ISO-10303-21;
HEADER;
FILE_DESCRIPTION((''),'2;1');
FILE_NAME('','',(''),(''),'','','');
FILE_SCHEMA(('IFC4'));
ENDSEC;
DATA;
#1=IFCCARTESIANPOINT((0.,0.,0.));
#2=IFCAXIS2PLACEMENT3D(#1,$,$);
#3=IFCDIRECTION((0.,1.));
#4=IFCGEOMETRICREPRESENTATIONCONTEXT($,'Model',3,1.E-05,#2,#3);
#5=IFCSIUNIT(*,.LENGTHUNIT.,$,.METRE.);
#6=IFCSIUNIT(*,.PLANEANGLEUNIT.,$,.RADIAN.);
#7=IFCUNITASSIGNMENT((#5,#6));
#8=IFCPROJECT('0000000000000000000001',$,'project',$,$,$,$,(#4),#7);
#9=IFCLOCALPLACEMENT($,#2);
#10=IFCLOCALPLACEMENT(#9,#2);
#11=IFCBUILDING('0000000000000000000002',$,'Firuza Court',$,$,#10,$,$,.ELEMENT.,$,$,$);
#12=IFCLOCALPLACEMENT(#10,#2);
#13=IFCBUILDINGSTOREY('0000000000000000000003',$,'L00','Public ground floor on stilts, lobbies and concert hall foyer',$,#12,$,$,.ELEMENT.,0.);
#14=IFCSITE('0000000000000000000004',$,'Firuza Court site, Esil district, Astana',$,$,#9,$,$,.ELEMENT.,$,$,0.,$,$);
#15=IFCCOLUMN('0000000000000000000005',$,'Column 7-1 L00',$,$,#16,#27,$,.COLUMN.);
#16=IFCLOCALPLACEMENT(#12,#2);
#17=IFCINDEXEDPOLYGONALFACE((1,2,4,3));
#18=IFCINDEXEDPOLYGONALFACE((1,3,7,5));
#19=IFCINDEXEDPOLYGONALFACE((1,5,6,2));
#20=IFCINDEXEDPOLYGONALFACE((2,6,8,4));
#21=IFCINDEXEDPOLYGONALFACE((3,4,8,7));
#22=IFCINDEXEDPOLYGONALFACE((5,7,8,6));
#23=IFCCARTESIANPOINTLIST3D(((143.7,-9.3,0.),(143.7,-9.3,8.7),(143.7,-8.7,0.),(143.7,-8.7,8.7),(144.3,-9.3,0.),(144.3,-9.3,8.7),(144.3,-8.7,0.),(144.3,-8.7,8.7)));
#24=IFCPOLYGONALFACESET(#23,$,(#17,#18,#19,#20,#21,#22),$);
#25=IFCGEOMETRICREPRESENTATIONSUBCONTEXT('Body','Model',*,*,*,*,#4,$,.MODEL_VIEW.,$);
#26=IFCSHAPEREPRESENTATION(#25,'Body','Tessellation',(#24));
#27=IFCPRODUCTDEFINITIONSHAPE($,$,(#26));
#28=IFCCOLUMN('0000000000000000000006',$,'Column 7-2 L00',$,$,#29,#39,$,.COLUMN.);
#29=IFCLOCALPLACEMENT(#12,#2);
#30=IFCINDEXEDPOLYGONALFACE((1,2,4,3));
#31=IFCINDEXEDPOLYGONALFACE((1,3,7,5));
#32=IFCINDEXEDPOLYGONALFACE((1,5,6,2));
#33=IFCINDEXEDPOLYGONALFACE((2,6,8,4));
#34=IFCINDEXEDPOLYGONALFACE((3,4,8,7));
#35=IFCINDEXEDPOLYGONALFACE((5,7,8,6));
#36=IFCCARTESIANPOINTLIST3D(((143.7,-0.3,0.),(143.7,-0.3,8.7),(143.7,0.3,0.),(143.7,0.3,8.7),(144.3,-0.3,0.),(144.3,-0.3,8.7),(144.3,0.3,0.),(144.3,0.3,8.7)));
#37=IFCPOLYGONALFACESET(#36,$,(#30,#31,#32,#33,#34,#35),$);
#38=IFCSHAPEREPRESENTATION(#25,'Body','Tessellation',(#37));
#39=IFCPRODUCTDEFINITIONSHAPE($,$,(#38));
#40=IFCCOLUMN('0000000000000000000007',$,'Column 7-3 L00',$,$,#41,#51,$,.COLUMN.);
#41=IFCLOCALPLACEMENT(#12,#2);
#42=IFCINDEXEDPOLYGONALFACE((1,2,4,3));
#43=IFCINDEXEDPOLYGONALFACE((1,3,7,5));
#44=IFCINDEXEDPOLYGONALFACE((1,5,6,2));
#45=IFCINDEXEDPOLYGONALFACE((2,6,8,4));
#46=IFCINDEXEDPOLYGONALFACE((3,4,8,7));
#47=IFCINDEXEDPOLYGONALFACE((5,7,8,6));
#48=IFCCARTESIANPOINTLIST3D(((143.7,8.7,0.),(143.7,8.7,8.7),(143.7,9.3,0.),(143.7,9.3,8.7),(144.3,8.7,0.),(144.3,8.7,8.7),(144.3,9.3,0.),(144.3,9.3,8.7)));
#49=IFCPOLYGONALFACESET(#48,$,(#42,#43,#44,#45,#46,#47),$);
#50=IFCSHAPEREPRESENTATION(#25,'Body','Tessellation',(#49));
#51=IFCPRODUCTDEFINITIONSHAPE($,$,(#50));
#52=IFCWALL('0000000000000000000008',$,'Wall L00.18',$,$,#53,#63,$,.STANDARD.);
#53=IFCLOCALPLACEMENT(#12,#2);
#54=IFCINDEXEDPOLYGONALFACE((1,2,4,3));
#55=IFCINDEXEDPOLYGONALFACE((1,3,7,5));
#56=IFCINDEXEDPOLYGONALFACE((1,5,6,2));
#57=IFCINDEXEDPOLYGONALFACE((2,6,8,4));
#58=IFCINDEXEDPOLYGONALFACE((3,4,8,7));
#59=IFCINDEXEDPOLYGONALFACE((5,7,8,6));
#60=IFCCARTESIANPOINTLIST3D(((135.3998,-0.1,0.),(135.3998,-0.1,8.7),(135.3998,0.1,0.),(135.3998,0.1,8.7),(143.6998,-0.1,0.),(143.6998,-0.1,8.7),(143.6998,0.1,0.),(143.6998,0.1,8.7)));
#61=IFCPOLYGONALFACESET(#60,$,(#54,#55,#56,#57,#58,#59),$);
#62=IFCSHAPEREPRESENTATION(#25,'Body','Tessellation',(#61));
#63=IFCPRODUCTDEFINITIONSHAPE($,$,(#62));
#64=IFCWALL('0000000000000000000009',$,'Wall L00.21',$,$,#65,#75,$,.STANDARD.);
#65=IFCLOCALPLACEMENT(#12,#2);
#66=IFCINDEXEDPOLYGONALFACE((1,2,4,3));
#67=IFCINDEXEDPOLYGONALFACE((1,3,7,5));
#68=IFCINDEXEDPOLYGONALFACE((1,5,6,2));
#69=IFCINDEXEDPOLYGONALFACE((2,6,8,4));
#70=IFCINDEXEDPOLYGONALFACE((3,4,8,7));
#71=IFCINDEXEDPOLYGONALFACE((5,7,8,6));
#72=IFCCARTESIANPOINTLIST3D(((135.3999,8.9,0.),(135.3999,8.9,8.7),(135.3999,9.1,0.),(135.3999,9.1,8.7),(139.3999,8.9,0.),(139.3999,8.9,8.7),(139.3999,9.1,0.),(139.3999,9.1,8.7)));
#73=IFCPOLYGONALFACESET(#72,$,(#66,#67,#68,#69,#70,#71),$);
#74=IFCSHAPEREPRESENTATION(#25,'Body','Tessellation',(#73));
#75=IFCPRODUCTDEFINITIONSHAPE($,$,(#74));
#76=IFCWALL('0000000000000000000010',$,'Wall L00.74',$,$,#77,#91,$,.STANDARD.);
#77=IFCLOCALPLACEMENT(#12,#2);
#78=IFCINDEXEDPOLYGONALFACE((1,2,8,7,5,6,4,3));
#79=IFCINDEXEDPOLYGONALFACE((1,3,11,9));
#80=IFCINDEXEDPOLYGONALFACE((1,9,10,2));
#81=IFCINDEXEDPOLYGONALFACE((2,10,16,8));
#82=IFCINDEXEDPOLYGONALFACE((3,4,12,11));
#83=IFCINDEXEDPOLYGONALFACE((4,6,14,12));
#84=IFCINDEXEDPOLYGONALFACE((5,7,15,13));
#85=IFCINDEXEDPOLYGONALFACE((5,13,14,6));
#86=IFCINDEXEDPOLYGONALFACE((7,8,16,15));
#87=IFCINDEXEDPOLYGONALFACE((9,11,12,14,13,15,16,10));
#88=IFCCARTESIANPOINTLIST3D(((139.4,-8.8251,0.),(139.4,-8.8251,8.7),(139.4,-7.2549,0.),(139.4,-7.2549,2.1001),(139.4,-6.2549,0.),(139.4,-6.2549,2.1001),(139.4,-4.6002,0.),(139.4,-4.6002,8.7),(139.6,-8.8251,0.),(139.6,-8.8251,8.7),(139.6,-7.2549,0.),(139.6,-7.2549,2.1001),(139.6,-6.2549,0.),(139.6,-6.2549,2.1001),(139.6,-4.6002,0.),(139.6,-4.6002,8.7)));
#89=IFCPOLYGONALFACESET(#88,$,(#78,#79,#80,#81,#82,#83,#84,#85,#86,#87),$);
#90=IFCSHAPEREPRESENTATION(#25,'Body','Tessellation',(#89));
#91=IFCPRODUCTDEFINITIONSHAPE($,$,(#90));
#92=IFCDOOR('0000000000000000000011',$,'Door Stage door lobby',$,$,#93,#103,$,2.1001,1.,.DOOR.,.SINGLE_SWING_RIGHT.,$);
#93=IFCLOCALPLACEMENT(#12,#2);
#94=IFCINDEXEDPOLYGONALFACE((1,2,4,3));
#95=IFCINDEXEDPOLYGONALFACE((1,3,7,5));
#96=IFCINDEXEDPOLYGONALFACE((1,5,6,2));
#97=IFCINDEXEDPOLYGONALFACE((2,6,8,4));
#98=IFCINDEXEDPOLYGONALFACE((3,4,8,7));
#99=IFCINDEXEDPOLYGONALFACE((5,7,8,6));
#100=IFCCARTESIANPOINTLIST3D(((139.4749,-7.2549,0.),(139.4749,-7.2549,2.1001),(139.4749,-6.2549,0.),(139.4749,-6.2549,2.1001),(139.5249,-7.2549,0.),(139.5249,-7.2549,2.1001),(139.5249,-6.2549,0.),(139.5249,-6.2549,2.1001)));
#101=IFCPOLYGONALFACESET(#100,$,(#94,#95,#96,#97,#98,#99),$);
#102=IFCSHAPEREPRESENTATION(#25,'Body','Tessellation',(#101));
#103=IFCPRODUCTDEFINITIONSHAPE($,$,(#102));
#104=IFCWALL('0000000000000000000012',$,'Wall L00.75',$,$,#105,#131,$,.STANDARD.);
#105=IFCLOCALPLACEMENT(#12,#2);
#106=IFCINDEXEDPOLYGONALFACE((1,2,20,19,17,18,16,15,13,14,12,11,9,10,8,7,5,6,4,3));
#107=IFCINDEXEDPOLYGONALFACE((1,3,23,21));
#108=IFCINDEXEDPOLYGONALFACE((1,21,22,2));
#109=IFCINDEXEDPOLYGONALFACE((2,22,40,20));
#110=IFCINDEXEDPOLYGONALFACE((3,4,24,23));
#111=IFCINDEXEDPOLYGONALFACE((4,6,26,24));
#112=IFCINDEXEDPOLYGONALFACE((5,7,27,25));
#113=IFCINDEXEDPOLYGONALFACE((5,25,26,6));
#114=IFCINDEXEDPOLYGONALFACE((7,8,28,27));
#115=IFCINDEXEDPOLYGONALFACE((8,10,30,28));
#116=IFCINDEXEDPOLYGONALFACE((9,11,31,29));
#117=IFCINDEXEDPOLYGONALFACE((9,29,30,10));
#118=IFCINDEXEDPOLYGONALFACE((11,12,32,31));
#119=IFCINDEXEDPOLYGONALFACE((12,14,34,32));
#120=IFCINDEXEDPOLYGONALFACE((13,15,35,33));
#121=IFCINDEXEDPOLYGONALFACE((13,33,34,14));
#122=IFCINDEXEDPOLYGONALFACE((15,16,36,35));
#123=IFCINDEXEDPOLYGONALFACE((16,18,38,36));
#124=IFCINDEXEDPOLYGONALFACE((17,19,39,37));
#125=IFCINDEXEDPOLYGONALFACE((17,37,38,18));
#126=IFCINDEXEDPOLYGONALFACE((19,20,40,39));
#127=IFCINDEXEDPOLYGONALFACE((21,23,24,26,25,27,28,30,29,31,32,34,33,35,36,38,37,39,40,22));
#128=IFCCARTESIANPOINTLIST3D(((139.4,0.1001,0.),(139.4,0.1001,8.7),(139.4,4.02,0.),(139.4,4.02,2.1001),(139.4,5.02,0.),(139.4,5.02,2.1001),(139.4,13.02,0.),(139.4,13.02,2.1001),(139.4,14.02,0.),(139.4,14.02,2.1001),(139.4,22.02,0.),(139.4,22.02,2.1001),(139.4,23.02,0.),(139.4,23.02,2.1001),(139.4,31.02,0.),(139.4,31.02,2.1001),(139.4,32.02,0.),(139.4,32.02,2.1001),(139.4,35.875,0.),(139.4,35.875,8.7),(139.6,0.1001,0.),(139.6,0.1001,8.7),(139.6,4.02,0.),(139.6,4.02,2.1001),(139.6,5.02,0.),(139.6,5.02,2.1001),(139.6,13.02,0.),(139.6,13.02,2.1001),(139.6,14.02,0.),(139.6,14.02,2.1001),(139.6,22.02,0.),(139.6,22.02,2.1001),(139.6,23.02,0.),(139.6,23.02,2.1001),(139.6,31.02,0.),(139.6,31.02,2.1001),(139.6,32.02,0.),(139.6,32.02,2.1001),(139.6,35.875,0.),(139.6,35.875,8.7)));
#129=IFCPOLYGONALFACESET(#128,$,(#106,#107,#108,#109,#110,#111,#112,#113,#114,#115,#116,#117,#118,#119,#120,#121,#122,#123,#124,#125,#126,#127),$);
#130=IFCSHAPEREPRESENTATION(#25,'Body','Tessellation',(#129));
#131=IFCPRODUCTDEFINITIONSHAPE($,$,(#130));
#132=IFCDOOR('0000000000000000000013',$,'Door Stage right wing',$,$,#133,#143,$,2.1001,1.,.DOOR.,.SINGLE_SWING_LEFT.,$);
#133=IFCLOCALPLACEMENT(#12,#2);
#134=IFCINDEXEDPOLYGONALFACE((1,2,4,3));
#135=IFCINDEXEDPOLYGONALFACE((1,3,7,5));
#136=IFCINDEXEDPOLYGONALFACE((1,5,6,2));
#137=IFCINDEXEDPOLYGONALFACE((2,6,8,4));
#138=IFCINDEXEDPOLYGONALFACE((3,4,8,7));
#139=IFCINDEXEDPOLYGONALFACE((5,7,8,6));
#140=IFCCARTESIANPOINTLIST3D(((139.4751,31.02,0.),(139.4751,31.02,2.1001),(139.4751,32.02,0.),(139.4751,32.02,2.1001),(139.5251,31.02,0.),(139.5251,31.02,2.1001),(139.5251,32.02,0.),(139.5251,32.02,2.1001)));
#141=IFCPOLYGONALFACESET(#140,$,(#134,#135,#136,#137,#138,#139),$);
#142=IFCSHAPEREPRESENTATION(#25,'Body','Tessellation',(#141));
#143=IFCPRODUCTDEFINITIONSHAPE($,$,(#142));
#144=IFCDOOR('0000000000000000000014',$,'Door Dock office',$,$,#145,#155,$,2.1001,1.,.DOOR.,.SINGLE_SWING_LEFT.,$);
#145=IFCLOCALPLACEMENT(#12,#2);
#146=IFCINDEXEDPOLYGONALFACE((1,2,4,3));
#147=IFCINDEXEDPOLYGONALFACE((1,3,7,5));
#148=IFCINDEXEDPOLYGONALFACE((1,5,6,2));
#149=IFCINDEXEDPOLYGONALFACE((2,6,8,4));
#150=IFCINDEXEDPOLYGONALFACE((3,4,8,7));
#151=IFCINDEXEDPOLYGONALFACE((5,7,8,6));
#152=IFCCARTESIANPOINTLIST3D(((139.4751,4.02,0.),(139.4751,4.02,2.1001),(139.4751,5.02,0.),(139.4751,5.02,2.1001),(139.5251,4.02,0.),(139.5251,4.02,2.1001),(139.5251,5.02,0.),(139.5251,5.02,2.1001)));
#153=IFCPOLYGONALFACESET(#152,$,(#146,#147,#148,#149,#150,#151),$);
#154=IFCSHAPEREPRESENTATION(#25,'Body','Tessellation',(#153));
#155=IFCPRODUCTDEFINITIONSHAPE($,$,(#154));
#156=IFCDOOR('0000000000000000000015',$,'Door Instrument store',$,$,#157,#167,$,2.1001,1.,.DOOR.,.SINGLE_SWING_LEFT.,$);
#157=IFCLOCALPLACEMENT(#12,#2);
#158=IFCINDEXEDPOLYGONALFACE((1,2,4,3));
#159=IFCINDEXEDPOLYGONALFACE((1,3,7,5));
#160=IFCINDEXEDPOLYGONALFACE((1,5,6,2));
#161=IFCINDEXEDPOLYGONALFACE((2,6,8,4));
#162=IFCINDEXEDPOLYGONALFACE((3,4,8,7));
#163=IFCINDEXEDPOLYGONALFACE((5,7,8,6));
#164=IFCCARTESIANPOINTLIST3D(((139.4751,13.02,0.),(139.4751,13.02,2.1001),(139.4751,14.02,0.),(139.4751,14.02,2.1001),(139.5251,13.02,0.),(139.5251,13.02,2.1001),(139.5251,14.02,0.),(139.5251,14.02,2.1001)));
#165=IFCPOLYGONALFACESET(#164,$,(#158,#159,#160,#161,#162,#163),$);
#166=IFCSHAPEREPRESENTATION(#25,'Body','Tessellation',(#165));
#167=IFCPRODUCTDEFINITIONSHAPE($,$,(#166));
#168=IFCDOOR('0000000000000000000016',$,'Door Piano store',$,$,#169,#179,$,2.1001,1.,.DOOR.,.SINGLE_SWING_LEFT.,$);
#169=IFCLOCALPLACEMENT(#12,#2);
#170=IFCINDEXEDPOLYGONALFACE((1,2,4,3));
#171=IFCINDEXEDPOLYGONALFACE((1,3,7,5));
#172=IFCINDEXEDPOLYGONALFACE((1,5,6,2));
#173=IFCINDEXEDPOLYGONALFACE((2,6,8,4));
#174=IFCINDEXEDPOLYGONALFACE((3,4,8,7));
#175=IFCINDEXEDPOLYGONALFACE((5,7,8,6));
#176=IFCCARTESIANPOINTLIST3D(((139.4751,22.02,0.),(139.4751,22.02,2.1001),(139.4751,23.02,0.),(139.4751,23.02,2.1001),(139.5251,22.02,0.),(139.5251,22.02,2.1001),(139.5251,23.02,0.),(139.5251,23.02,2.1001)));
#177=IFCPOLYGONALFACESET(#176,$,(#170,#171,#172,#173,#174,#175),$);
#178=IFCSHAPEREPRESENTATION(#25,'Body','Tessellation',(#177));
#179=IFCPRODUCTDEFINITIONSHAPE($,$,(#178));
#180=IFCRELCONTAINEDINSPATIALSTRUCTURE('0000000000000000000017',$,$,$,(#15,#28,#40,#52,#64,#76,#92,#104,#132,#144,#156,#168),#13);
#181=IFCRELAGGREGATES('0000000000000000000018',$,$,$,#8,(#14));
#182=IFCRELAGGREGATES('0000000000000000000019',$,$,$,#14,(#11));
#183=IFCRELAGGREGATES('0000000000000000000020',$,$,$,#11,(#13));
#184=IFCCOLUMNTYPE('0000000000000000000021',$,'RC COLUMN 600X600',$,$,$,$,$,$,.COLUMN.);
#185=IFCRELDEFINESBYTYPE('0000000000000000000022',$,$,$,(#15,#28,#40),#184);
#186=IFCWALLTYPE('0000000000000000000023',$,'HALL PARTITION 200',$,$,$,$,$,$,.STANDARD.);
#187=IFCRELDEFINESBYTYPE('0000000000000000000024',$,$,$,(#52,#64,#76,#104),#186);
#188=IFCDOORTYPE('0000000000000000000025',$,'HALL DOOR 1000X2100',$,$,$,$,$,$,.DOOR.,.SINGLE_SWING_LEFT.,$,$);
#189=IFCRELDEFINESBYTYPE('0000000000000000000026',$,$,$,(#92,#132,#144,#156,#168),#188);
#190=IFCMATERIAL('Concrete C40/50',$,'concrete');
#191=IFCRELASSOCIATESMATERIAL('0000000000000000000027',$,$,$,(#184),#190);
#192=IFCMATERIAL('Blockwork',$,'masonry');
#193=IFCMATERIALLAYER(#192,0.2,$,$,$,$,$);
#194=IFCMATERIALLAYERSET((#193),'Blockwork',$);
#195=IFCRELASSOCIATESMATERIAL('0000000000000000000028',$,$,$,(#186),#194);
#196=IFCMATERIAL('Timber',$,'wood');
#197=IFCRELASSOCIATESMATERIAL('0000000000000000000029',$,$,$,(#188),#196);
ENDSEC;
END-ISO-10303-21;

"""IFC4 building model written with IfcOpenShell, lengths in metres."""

from ifc_helpers import new_model, si_unit, direction, frame, frame_2d, origin, origin_2d, place, context, subcontext, project, spatial, rectangle, extrude, material, layer, layer_set, material_profile, profile_set, type_object, element, fill, save


model = new_model("IFC4")

# Units and contexts
model_context = context("Model", 3, precision=1e-05, world=origin(), true_north=direction((0.0, 1.0)))
body_context = subcontext(model_context, "Body", "Model", "MODEL_VIEW")
ifc_project = project(units=[si_unit("LENGTHUNIT", "METRE"), si_unit("PLANEANGLEUNIT", "RADIAN")], contexts=[model_context])

# Site, building, storey
site_placement = place(None, origin())
site = spatial("IfcSite", under=ifc_project, at=site_placement, Name="Firuza Court site, Esil district, Astana", CompositionType="ELEMENT", RefElevation=0.0)
building_placement = place(site_placement, origin())
building = spatial("IfcBuilding", under=site, at=building_placement, Name="Firuza Court", CompositionType="ELEMENT")
storey_placement = place(building_placement, origin())
storey = spatial("IfcBuildingStorey", under=building, at=storey_placement, Name="L00", Description="Public ground floor on stilts, lobbies and concert hall foyer", CompositionType="ELEMENT", Elevation=0.0)

# Columns
ifc_material_1 = material(Name="Concrete C40/50", Category="concrete")
ifc_material_profile = material_profile(ifc_material_1, rectangle(XDim=0.6001, YDim=0.6001, at=origin_2d()), Name="RC 600X600")
ifc_profile_set = profile_set([ifc_material_profile], Name="Concrete C40/50")
column_type = type_object("IfcColumnType", Name="RC COLUMN 600X600", PredefinedType="COLUMN", material=ifc_profile_set)
for number, where, z_axis, x_axis, name in (
    (1, (144.0, -9.0, 0.0), (0.0, 0.0, 1.0), (1.0, 0.0, 0.0), "Column 7-1 L00"),
    (2, (144.0, 0.0, 0.0), (0.0, 0.0, 1.0), (1.0, 0.0, 0.0), "Column 7-2 L00"),
    (3, (144.0, 9.0, 0.0), (0.0, 0.0, 1.0), (1.0, 0.0, 0.0), "Column 7-3 L00"),
):
    element("IfcColumn", number, at=place(storey_placement, frame(where, z_axis=z_axis, x_axis=x_axis)), inside=storey, type_object=column_type, Name=name, PredefinedType="COLUMN", context=body_context, shape_type="SweptSolid", body=[
        extrude(rectangle(XDim=0.6001, YDim=0.6001, at=origin_2d()), origin(), (0.0, 0.0, 1.0), 8.7),
    ])

# Walls
ifc_material_2 = material(Name="Blockwork", Category="masonry")
ifc_layer_1 = layer(ifc_material_2, 0.2)
ifc_layer_set_1 = layer_set([ifc_layer_1], Name="Blockwork")
wall_type_1 = type_object("IfcWallType", Name="HALL PARTITION 200", PredefinedType="STANDARD", material=ifc_layer_set_1)
wall_1_placement = place(storey_placement, frame((135.3999, 0.0, 0.0), z_axis=(0.0, 0.0, 1.0), x_axis=(1.0, 0.0, 0.0)))
element("IfcWall", 4, at=wall_1_placement, inside=storey, type_object=wall_type_1, Name="Wall L00.18", PredefinedType="STANDARD", context=body_context, shape_type="SweptSolid", body=[
    extrude(rectangle(XDim=8.3, YDim=0.2, at=frame_2d((4.1499, 0.0))), origin(), (0.0, 0.0, 1.0), 8.7),
])
wall_2_placement = place(storey_placement, frame((135.3999, 9.0, 0.0), z_axis=(0.0, 0.0, 1.0), x_axis=(1.0, 0.0, 0.0)))
element("IfcWall", 5, at=wall_2_placement, inside=storey, type_object=wall_type_1, Name="Wall L00.21", PredefinedType="STANDARD", context=body_context, shape_type="SweptSolid", body=[
    extrude(rectangle(XDim=4.0, YDim=0.2, at=frame_2d((2.0, 0.0))), origin(), (0.0, 0.0, 1.0), 8.7),
])

# Wall, opening, door
wall_3_placement = place(storey_placement, frame((139.5, -8.825, 0.0), z_axis=(0.0, 0.0, 1.0), x_axis=(0.0, 1.0, 0.0)))
wall_3 = element("IfcWall", 6, at=wall_3_placement, inside=storey, type_object=wall_type_1, Name="Wall L00.74", PredefinedType="STANDARD", context=body_context, shape_type="SweptSolid", body=[
    extrude(rectangle(XDim=4.2249, YDim=0.2, at=frame_2d((2.1123, 0.0))), origin(), (0.0, 0.0, 1.0), 8.7),
])
opening_1_placement = place(wall_3_placement, frame((1.5701, 0.0, 0.0)))
opening_1 = element("IfcOpeningElement", 7, at=opening_1_placement, cuts=wall_3, PredefinedType="OPENING", context=body_context, shape_type="SweptSolid", body=[
    extrude(rectangle(XDim=1.0, YDim=2.1001, at=frame_2d((0.5, 1.05))), frame((0.0, 0.1118, 0.0), z_axis=(0.0, -1.0, 0.0), x_axis=(1.0, 0.0, 0.0)), (0.0, 0.0, 1.0), 0.2239),
])
ifc_material_3 = material(Name="Timber", Category="wood")
door_type_1 = type_object("IfcDoorType", Name="HALL DOOR 1000X2100", OperationType="SINGLE_SWING_LEFT", PredefinedType="DOOR", material=ifc_material_3)
door_1_placement = place(opening_1_placement, frame((1.0, 0.0, 0.0), z_axis=(0.0, 0.0, 1.0), x_axis=(-1.0, 0.0, 0.0)))
door_1 = element("IfcDoor", 8, at=door_1_placement, inside=storey, type_object=door_type_1, Name="Door Stage door lobby", OperationType="SINGLE_SWING_RIGHT", OverallHeight=2.1001, OverallWidth=1.0, PredefinedType="DOOR", context=body_context, shape_type="SweptSolid", body=[
    extrude(rectangle(XDim=1.0, YDim=2.1001, at=frame_2d((0.5, 1.05))), frame((0.0, 0.0249, 0.0), z_axis=(0.0, -1.0, 0.0), x_axis=(1.0, 0.0, 0.0)), (0.0, 0.0, 1.0), 0.05),
])
fill(opening_1, door_1)

# Wall, openings, doors
wall_4_placement = place(storey_placement, frame((139.5, 0.1001, 0.0), z_axis=(0.0, 0.0, 1.0), x_axis=(0.0, 1.0, 0.0)))
wall_4 = element("IfcWall", 9, at=wall_4_placement, inside=storey, type_object=wall_type_1, Name="Wall L00.75", PredefinedType="STANDARD", context=body_context, shape_type="SweptSolid", body=[
    extrude(rectangle(XDim=35.7749, YDim=0.2, at=frame_2d((17.8875, 0.0))), origin(), (0.0, 0.0, 1.0), 8.7),
])
opening_2_placement = place(wall_4_placement, frame((30.9199, 0.0, 0.0)))
opening_2 = element("IfcOpeningElement", 10, at=opening_2_placement, cuts=wall_4, PredefinedType="OPENING", context=body_context, shape_type="SweptSolid", body=[
    extrude(rectangle(XDim=1.0, YDim=2.1001, at=frame_2d((0.5, 1.05))), frame((0.0, 0.1118, 0.0), z_axis=(0.0, -1.0, 0.0), x_axis=(1.0, 0.0, 0.0)), (0.0, 0.0, 1.0), 0.2239),
])
opening_3_placement = place(wall_4_placement, frame((3.9199, 0.0, 0.0)))
opening_3 = element("IfcOpeningElement", 11, at=opening_3_placement, cuts=wall_4, PredefinedType="OPENING", context=body_context, shape_type="SweptSolid", body=[
    extrude(rectangle(XDim=1.0, YDim=2.1001, at=frame_2d((0.5, 1.05))), frame((0.0, 0.1118, 0.0), z_axis=(0.0, -1.0, 0.0), x_axis=(1.0, 0.0, 0.0)), (0.0, 0.0, 1.0), 0.2239),
])
opening_4_placement = place(wall_4_placement, frame((12.9199, 0.0, 0.0)))
opening_4 = element("IfcOpeningElement", 12, at=opening_4_placement, cuts=wall_4, PredefinedType="OPENING", context=body_context, shape_type="SweptSolid", body=[
    extrude(rectangle(XDim=1.0, YDim=2.1001, at=frame_2d((0.5, 1.05))), frame((0.0, 0.1118, 0.0), z_axis=(0.0, -1.0, 0.0), x_axis=(1.0, 0.0, 0.0)), (0.0, 0.0, 1.0), 0.2239),
])
opening_5_placement = place(wall_4_placement, frame((21.9199, 0.0, 0.0)))
opening_5 = element("IfcOpeningElement", 13, at=opening_5_placement, cuts=wall_4, PredefinedType="OPENING", context=body_context, shape_type="SweptSolid", body=[
    extrude(rectangle(XDim=1.0, YDim=2.1001, at=frame_2d((0.5, 1.05))), frame((0.0, 0.1118, 0.0), z_axis=(0.0, -1.0, 0.0), x_axis=(1.0, 0.0, 0.0)), (0.0, 0.0, 1.0), 0.2239),
])
door_2_placement = place(opening_2_placement, origin())
door_2 = element("IfcDoor", 14, at=door_2_placement, inside=storey, type_object=door_type_1, Name="Door Stage right wing", OperationType="SINGLE_SWING_LEFT", OverallHeight=2.1001, OverallWidth=1.0, PredefinedType="DOOR", context=body_context, shape_type="SweptSolid", body=[
    extrude(rectangle(XDim=1.0, YDim=2.1001, at=frame_2d((0.5, 1.05))), frame((0.0, 0.0249, 0.0), z_axis=(0.0, -1.0, 0.0), x_axis=(1.0, 0.0, 0.0)), (0.0, 0.0, 1.0), 0.05),
])
fill(opening_2, door_2)
door_3_placement = place(opening_3_placement, origin())
door_3 = element("IfcDoor", 15, at=door_3_placement, inside=storey, type_object=door_type_1, Name="Door Dock office", OperationType="SINGLE_SWING_LEFT", OverallHeight=2.1001, OverallWidth=1.0, PredefinedType="DOOR", context=body_context, shape_type="SweptSolid", body=[
    extrude(rectangle(XDim=1.0, YDim=2.1001, at=frame_2d((0.5, 1.05))), frame((0.0, 0.0249, 0.0), z_axis=(0.0, -1.0, 0.0), x_axis=(1.0, 0.0, 0.0)), (0.0, 0.0, 1.0), 0.05),
])
fill(opening_3, door_3)
door_4_placement = place(opening_4_placement, origin())
door_4 = element("IfcDoor", 16, at=door_4_placement, inside=storey, type_object=door_type_1, Name="Door Instrument store", OperationType="SINGLE_SWING_LEFT", OverallHeight=2.1001, OverallWidth=1.0, PredefinedType="DOOR", context=body_context, shape_type="SweptSolid", body=[
    extrude(rectangle(XDim=1.0, YDim=2.1001, at=frame_2d((0.5, 1.05))), frame((0.0, 0.0249, 0.0), z_axis=(0.0, -1.0, 0.0), x_axis=(1.0, 0.0, 0.0)), (0.0, 0.0, 1.0), 0.05),
])
fill(opening_4, door_4)
door_5_placement = place(opening_5_placement, origin())
door_5 = element("IfcDoor", 17, at=door_5_placement, inside=storey, type_object=door_type_1, Name="Door Piano store", OperationType="SINGLE_SWING_LEFT", OverallHeight=2.1001, OverallWidth=1.0, PredefinedType="DOOR", context=body_context, shape_type="SweptSolid", body=[
    extrude(rectangle(XDim=1.0, YDim=2.1001, at=frame_2d((0.5, 1.05))), frame((0.0, 0.0249, 0.0), z_axis=(0.0, -1.0, 0.0), x_axis=(1.0, 0.0, 0.0)), (0.0, 0.0, 1.0), 0.05),
])
fill(opening_5, door_5)

save(model, "model.ifc")
